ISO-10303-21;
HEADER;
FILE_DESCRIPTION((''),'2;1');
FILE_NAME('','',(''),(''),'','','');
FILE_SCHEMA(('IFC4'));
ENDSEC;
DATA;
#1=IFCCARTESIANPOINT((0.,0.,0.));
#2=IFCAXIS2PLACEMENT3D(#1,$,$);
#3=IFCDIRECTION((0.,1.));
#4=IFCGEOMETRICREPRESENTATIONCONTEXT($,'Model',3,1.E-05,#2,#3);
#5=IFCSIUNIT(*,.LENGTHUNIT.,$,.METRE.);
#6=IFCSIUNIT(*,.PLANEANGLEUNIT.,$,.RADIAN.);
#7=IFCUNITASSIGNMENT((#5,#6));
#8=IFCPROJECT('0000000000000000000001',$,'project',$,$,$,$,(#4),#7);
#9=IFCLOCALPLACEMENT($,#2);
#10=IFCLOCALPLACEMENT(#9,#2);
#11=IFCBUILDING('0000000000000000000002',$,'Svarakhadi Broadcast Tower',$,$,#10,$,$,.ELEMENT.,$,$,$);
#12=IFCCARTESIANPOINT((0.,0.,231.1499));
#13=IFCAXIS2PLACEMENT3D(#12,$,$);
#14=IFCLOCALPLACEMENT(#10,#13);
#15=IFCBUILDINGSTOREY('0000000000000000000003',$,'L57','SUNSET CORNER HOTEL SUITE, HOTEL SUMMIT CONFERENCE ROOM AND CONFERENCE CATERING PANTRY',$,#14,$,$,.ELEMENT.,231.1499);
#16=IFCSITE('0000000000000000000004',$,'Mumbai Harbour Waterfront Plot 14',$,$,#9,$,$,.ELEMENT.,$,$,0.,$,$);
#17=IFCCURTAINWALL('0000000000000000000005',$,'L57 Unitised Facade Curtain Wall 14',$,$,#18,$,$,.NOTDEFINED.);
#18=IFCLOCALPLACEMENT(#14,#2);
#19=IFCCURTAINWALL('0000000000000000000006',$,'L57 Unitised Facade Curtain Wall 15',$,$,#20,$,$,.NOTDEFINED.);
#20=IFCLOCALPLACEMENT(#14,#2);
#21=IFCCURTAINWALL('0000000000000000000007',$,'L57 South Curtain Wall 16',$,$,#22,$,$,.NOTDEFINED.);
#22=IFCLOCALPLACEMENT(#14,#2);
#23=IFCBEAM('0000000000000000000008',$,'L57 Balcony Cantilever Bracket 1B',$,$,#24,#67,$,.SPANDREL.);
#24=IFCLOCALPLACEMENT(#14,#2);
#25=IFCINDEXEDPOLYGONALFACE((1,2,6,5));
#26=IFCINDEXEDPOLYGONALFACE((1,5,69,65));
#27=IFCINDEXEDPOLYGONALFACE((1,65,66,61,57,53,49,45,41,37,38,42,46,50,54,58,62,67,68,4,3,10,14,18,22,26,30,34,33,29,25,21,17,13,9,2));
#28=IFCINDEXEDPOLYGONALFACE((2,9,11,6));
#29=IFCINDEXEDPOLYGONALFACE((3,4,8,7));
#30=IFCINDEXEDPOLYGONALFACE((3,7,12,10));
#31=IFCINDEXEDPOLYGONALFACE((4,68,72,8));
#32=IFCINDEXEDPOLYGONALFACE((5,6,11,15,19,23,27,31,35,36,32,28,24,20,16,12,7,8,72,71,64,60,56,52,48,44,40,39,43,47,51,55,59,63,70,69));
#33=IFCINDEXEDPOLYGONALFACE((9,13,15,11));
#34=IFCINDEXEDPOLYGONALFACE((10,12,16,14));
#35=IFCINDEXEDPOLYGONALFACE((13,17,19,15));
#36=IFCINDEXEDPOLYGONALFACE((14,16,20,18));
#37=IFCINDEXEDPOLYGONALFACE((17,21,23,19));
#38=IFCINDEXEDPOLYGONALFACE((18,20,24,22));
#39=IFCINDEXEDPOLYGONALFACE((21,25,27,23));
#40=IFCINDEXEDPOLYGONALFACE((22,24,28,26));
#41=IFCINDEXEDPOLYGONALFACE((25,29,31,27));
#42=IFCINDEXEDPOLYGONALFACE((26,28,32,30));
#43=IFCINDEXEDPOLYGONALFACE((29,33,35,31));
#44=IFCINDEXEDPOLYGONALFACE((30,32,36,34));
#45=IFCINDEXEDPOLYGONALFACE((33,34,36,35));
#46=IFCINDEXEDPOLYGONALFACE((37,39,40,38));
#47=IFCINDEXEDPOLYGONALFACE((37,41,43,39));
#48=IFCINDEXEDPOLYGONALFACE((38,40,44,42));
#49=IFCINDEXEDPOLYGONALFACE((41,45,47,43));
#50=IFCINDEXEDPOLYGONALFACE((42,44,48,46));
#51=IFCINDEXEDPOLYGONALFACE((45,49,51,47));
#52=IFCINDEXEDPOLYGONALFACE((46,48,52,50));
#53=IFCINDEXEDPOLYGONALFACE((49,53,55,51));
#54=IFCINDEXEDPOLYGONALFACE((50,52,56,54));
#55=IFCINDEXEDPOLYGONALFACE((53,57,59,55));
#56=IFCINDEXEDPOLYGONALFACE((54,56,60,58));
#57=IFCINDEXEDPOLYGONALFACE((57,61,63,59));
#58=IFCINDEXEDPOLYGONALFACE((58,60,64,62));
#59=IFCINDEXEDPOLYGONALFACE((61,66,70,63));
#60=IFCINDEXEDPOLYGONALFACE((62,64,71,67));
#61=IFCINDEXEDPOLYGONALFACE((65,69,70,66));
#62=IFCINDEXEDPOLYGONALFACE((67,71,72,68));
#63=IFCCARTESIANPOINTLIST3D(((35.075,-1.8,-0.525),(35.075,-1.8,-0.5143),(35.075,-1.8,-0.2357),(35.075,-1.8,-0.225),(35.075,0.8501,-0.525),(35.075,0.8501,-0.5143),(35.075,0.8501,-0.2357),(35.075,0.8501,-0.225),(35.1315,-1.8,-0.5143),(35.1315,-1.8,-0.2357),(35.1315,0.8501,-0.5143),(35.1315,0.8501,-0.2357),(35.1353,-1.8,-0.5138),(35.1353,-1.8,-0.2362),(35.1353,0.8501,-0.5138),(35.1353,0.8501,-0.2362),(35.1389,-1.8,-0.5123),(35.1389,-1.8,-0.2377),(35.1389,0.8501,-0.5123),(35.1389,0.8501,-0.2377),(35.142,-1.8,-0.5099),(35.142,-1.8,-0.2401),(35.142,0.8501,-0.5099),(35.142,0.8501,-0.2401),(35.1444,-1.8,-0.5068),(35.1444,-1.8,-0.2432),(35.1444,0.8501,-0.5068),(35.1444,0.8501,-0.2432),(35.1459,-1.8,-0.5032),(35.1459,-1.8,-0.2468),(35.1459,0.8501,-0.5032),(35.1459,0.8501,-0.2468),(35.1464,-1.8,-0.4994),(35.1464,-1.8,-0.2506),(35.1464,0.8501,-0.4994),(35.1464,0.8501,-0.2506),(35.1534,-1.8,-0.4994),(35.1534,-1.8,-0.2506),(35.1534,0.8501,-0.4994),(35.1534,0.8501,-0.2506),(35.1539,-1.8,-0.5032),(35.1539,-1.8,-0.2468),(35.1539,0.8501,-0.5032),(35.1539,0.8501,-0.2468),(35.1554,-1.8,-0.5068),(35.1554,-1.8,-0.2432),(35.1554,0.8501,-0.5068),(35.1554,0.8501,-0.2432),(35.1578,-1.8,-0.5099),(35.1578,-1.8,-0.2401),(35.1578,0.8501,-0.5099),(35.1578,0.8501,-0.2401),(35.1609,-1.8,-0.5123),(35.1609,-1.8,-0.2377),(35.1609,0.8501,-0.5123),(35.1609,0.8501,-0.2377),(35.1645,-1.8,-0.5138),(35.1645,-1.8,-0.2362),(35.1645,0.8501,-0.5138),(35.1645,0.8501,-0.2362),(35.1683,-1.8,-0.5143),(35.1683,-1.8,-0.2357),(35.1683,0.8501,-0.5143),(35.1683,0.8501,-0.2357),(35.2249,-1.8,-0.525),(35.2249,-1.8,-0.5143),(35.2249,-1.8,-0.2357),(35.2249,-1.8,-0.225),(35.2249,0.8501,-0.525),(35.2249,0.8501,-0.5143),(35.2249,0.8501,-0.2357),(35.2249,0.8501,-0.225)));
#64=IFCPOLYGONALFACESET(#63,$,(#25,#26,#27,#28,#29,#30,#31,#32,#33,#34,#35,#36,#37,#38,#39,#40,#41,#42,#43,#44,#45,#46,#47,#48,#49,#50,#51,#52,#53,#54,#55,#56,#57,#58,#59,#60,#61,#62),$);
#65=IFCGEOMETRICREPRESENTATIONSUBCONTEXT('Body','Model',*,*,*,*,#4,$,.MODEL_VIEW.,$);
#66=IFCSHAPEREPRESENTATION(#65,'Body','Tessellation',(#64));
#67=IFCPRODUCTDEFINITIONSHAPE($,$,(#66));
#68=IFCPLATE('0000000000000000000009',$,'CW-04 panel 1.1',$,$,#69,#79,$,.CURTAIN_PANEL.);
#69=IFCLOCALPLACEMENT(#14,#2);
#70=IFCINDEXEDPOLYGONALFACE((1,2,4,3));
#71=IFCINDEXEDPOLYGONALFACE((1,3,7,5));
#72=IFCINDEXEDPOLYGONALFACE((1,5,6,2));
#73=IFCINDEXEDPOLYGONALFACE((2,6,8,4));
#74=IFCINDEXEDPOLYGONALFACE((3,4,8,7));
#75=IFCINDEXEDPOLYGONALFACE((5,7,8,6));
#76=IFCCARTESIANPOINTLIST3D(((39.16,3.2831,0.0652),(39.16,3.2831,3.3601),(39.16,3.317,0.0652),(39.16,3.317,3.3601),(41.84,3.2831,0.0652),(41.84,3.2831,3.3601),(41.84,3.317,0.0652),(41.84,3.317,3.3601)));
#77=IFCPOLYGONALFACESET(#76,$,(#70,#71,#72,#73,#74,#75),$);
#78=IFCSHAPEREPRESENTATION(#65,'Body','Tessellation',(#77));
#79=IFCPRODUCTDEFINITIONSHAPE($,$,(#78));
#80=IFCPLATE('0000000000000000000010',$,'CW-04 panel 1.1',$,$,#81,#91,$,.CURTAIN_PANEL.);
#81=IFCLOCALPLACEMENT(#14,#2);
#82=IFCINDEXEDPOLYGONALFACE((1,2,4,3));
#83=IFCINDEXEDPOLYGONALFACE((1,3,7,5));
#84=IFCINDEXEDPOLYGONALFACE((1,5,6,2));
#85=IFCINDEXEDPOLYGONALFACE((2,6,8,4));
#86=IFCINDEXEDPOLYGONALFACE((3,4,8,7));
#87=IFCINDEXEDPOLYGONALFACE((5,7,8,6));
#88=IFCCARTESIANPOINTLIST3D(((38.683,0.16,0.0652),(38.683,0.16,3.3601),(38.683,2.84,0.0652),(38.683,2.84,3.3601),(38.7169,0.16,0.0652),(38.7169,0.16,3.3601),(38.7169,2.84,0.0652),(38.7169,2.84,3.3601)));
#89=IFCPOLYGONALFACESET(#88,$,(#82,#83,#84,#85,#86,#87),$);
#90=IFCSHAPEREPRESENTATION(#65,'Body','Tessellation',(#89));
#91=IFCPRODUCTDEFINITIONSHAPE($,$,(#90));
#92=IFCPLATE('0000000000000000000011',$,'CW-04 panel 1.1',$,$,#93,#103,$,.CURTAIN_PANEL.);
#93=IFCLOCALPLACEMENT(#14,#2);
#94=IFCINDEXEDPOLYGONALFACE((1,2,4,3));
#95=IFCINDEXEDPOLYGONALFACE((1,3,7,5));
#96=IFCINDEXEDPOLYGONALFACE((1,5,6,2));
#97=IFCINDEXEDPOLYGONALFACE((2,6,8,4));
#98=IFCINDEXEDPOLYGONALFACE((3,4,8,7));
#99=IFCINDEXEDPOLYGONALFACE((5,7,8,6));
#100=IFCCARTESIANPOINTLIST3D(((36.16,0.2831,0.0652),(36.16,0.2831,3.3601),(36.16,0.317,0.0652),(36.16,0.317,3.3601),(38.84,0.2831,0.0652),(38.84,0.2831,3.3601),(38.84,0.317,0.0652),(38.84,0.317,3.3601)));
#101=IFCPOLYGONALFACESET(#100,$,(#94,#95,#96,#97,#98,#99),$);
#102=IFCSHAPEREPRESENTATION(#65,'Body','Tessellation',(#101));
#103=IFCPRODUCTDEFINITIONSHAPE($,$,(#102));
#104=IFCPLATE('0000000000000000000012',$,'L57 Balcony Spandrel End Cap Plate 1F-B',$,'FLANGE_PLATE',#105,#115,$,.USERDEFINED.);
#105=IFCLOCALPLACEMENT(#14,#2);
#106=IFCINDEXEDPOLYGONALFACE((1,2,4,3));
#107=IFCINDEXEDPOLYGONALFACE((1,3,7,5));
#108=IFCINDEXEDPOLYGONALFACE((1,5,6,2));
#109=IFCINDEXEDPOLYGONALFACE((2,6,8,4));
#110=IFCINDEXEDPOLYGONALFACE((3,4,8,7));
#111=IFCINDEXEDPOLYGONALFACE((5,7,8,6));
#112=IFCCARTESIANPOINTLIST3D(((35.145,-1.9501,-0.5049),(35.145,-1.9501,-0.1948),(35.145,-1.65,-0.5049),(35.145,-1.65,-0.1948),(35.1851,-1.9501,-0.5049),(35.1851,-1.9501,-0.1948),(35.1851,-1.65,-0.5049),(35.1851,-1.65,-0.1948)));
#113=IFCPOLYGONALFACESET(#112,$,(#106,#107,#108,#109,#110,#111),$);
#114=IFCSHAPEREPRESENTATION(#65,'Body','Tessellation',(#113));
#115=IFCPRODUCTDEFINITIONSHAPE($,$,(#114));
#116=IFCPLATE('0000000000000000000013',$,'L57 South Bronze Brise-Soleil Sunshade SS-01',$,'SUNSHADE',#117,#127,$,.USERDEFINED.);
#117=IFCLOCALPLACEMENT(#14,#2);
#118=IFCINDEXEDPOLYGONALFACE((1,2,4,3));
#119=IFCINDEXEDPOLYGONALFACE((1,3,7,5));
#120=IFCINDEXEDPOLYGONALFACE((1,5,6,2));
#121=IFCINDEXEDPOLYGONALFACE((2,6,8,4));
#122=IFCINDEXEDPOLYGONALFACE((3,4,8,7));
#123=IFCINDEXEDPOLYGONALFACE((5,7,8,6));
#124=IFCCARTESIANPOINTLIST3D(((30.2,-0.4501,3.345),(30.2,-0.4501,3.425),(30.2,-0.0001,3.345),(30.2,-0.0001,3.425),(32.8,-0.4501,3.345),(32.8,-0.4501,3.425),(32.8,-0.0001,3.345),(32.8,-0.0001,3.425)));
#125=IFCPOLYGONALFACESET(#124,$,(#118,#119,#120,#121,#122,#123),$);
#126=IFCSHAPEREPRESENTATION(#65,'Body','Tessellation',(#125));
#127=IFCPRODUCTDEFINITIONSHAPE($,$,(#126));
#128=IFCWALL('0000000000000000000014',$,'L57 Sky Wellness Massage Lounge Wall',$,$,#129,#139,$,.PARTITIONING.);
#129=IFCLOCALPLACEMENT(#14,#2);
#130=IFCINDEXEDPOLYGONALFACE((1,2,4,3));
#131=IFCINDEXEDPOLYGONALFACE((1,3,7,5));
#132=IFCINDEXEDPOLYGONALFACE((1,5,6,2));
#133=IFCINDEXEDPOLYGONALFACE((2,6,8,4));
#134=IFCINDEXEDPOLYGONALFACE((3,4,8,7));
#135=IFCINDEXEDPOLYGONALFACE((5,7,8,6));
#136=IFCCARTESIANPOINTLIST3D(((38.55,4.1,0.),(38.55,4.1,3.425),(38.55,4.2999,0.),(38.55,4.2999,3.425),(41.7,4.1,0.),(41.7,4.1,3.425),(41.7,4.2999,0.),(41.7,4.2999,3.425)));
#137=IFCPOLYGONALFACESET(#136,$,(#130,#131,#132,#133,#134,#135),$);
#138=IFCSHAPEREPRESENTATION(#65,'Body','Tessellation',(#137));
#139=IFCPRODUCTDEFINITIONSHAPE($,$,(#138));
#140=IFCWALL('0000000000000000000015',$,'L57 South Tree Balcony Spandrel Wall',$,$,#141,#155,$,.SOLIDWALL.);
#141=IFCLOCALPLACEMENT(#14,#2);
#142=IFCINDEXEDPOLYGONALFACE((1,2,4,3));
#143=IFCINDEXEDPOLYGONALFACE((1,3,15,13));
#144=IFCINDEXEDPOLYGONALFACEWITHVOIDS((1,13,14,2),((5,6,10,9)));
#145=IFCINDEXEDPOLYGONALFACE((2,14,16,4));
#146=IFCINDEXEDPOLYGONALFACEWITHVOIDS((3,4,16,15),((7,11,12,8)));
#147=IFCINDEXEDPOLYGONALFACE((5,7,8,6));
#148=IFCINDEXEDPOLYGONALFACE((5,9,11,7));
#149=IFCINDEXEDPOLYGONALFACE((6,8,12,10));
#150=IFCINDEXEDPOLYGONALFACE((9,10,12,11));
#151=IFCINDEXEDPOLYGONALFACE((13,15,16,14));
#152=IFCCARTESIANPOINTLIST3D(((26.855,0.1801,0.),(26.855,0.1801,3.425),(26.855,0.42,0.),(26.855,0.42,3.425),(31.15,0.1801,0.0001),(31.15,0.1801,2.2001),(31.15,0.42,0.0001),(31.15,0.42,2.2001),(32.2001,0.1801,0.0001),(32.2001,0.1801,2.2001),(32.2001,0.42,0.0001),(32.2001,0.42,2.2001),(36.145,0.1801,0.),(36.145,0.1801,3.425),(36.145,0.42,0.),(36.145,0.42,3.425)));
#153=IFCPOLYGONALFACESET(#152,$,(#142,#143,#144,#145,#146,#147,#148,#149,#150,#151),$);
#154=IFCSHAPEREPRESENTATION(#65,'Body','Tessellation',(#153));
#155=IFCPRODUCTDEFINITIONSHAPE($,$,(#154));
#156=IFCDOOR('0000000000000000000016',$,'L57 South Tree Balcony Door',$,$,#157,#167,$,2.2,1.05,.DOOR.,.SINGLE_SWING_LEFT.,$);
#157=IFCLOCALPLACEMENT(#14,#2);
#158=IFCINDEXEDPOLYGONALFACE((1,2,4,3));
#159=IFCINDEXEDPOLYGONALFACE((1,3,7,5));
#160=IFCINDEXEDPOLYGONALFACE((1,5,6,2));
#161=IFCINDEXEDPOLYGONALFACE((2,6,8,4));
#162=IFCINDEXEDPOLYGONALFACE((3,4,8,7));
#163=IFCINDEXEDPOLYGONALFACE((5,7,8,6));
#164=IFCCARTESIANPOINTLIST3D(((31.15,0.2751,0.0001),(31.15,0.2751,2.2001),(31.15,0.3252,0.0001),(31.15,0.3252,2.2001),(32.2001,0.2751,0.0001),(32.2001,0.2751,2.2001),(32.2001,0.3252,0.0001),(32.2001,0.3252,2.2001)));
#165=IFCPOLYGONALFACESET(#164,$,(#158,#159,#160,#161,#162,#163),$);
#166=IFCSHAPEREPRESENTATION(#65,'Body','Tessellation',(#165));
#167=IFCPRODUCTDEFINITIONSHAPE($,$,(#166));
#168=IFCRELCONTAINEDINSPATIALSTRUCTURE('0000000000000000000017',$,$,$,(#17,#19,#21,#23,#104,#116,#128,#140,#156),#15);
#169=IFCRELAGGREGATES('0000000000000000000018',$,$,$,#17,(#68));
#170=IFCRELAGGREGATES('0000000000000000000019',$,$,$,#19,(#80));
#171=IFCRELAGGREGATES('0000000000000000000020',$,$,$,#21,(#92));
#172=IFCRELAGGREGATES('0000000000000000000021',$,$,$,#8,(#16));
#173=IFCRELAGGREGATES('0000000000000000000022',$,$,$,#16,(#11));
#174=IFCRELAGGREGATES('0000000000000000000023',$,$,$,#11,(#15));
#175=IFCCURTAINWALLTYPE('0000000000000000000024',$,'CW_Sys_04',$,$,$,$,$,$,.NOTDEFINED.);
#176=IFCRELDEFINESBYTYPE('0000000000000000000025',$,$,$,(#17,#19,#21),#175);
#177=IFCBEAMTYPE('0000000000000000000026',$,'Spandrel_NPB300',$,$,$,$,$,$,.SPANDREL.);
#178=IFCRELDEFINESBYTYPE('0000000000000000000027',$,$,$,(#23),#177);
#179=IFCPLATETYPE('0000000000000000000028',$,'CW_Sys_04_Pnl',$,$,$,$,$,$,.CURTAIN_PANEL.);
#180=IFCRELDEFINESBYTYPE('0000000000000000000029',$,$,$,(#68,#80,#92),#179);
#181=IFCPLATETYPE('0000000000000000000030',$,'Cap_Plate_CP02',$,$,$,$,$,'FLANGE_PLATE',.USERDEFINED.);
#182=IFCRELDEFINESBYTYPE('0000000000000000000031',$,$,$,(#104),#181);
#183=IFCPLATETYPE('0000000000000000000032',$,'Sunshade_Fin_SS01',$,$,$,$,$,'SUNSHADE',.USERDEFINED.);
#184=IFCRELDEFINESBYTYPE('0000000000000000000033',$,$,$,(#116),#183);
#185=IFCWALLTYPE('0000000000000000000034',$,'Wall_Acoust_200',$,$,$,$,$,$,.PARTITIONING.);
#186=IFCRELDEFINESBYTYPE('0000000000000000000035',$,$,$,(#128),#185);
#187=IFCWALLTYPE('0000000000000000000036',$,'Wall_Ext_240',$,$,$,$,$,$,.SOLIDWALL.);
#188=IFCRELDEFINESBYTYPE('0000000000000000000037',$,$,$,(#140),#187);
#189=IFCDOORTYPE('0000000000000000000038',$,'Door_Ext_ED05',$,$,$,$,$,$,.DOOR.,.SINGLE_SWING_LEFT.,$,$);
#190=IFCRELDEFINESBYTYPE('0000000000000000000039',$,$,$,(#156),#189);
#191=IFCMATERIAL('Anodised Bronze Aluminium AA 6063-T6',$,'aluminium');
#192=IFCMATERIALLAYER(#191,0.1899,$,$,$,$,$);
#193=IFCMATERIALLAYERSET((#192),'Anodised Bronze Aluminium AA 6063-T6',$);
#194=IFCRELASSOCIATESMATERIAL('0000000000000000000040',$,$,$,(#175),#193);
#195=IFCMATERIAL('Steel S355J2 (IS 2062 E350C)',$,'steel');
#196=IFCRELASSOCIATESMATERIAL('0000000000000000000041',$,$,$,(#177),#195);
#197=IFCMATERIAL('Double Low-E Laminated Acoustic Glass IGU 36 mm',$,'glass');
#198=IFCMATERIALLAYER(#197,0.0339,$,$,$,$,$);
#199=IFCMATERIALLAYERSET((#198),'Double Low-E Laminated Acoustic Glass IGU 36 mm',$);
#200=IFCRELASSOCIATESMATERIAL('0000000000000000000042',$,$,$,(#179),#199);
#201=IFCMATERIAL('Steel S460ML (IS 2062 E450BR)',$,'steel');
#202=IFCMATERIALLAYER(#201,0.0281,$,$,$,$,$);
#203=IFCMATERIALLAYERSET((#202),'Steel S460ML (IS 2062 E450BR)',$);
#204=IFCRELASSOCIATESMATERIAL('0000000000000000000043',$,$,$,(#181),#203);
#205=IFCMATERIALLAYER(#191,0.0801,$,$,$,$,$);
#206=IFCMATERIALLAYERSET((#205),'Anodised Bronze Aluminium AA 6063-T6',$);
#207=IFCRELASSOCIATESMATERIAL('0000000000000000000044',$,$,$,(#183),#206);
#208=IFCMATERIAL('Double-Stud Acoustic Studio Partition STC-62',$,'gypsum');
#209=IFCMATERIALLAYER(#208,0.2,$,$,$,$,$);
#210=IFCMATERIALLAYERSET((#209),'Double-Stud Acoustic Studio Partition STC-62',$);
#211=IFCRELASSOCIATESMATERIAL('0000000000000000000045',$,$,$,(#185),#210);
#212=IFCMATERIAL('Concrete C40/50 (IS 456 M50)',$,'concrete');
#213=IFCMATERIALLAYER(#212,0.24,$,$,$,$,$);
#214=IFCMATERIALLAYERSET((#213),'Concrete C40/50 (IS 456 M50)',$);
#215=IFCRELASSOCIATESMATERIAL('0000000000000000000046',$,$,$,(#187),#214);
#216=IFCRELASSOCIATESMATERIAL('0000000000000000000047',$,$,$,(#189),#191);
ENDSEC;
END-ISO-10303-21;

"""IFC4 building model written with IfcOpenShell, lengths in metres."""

from ifc_helpers import new_model, si_unit, direction, frame, frame_2d, origin, origin_2d, place, context, subcontext, project, spatial, rectangle, i_section, extrude, material, layer, layer_set, material_profile, profile_set, type_object, element, fill, aggregate, save


model = new_model("IFC4")

# Units and contexts
model_context = context("Model", 3, precision=1e-05, world=origin(), true_north=direction((0.0, 1.0)))
body_context = subcontext(model_context, "Body", "Model", "MODEL_VIEW")
ifc_project = project(units=[si_unit("LENGTHUNIT", "METRE"), si_unit("PLANEANGLEUNIT", "RADIAN")], contexts=[model_context])

# Site, building, storey
site_placement = place(None, origin())
site = spatial("IfcSite", under=ifc_project, at=site_placement, Name="Mumbai Harbour Waterfront Plot 14", CompositionType="ELEMENT", RefElevation=0.0)
building_placement = place(site_placement, origin())
building = spatial("IfcBuilding", under=site, at=building_placement, Name="Svarakhadi Broadcast Tower", CompositionType="ELEMENT")
storey_placement = place(building_placement, frame((0.0, 0.0, 231.1499)))
storey = spatial("IfcBuildingStorey", under=building, at=storey_placement, Name="L57", Description="SUNSET CORNER HOTEL SUITE, HOTEL SUMMIT CONFERENCE ROOM AND CONFERENCE CATERING PANTRY", CompositionType="ELEMENT", Elevation=231.1499)

# Shared definitions
ifc_material_1 = material(Name="Anodised Bronze Aluminium AA 6063-T6", Category="aluminium")
ifc_layer_1 = layer(ifc_material_1, 0.1899)
ifc_layer_set_1 = layer_set([ifc_layer_1], Name="Anodised Bronze Aluminium AA 6063-T6")
curtain_wall_type = type_object("IfcCurtainWallType", Name="CW_Sys_04", PredefinedType="NOTDEFINED", material=ifc_layer_set_1)

# Curtain walls
curtain_wall_1_placement = place(storey_placement, origin())
curtain_wall_1 = element("IfcCurtainWall", 1, at=curtain_wall_1_placement, inside=storey, type_object=curtain_wall_type, Name="L57 Unitised Facade Curtain Wall 14", PredefinedType="NOTDEFINED")
curtain_wall_2_placement = place(storey_placement, origin())
curtain_wall_2 = element("IfcCurtainWall", 2, at=curtain_wall_2_placement, inside=storey, type_object=curtain_wall_type, Name="L57 Unitised Facade Curtain Wall 15", PredefinedType="NOTDEFINED")
curtain_wall_3_placement = place(storey_placement, origin())
curtain_wall_3 = element("IfcCurtainWall", 3, at=curtain_wall_3_placement, inside=storey, type_object=curtain_wall_type, Name="L57 South Curtain Wall 16", PredefinedType="NOTDEFINED")

# Beam
ifc_material_2 = material(Name="Steel S355J2 (IS 2062 E350C)", Category="steel")
ifc_material_profile_1 = material_profile(ifc_material_2, i_section(OverallWidth=0.1499, OverallDepth=0.3, WebThickness=0.0071, FlangeThickness=0.0107, FilletRadius=0.0149, at=origin_2d()), Name="NPB 300x150x37")
ifc_profile_set_1 = profile_set([ifc_material_profile_1], Name="Steel S355J2 (IS 2062 E350C)")
beam_type_1 = type_object("IfcBeamType", Name="Spandrel_NPB300", PredefinedType="SPANDREL", material=ifc_profile_set_1)
for number, where, z_axis, x_axis, name in (
    (4, (35.1499, 0.8501, -0.375), (0.0, -1.0, 0.0), (1.0, 0.0, 0.0), "L57 Balcony Cantilever Bracket 1B"),
):
    element("IfcBeam", number, at=place(storey_placement, frame(where, z_axis=z_axis, x_axis=x_axis)), inside=storey, type_object=beam_type_1, Name=name, PredefinedType="SPANDREL", context=body_context, shape_type="SweptSolid", body=[
        extrude(i_section(OverallWidth=0.1499, OverallDepth=0.3, WebThickness=0.0071, FlangeThickness=0.0107, FilletRadius=0.0149, at=origin_2d()), origin(), (0.0, 0.0, 1.0), 2.6501),
    ])

# Plates
ifc_material_3 = material(Name="Double Low-E Laminated Acoustic Glass IGU 36 mm", Category="glass")
ifc_layer_2 = layer(ifc_material_3, 0.0339)
ifc_layer_set_2 = layer_set([ifc_layer_2], Name="Double Low-E Laminated Acoustic Glass IGU 36 mm")
plate_type_1 = type_object("IfcPlateType", Name="CW_Sys_04_Pnl", PredefinedType="CURTAIN_PANEL", material=ifc_layer_set_2)
plate_1_placement = place(storey_placement, frame((40.5, 3.3, 0.0652), z_axis=(0.0, 0.0, 1.0), x_axis=(-1.0, 0.0, 0.0)))
plate_1 = element("IfcPlate", 5, at=plate_1_placement, type_object=plate_type_1, Name="CW-04 panel 1.1", PredefinedType="CURTAIN_PANEL", context=body_context, shape_type="SweptSolid", body=[
    extrude(rectangle(XDim=2.6799, YDim=0.0339, at=origin_2d()), origin(), (0.0, 0.0, 1.0), 3.2949),
])
aggregate(curtain_wall_1, [plate_1])
plate_2_placement = place(storey_placement, frame((38.7, 1.5, 0.0652), z_axis=(0.0, 0.0, 1.0), x_axis=(0.0, -1.0, 0.0)))
plate_2 = element("IfcPlate", 6, at=plate_2_placement, type_object=plate_type_1, Name="CW-04 panel 1.1", PredefinedType="CURTAIN_PANEL", context=body_context, shape_type="SweptSolid", body=[
    extrude(rectangle(XDim=2.6799, YDim=0.0339, at=origin_2d()), origin(), (0.0, 0.0, 1.0), 3.2949),
])
aggregate(curtain_wall_2, [plate_2])
plate_3_placement = place(storey_placement, frame((37.5, 0.3, 0.0652), z_axis=(0.0, 0.0, 1.0), x_axis=(-1.0, 0.0, 0.0)))
plate_3 = element("IfcPlate", 7, at=plate_3_placement, type_object=plate_type_1, Name="CW-04 panel 1.1", PredefinedType="CURTAIN_PANEL", context=body_context, shape_type="SweptSolid", body=[
    extrude(rectangle(XDim=2.6799, YDim=0.0339, at=origin_2d()), origin(), (0.0, 0.0, 1.0), 3.2949),
])
aggregate(curtain_wall_3, [plate_3])

# Plates
ifc_material_4 = material(Name="Steel S460ML (IS 2062 E450BR)", Category="steel")
ifc_layer_3 = layer(ifc_material_4, 0.0281)
ifc_layer_set_3 = layer_set([ifc_layer_3], Name="Steel S460ML (IS 2062 E450BR)")
plate_type_2 = type_object("IfcPlateType", Name="Cap_Plate_CP02", ElementType="FLANGE_PLATE", PredefinedType="USERDEFINED", material=ifc_layer_set_3)
plate_4_placement = place(storey_placement, frame((35.165, -1.8, -0.5049), z_axis=(0.0, 0.0, 1.0), x_axis=(1.0, 0.0, 0.0)))
element("IfcPlate", 8, at=plate_4_placement, inside=storey, type_object=plate_type_2, Name="L57 Balcony Spandrel End Cap Plate 1F-B", ObjectType="FLANGE_PLATE", PredefinedType="USERDEFINED", context=body_context, shape_type="SweptSolid", body=[
    extrude(rectangle(XDim=0.04, YDim=0.3, at=origin_2d()), origin(), (0.0, 0.0, 1.0), 0.3101),
])
ifc_layer_4 = layer(ifc_material_1, 0.0801)
ifc_layer_set_4 = layer_set([ifc_layer_4], Name="Anodised Bronze Aluminium AA 6063-T6")
plate_type_3 = type_object("IfcPlateType", Name="Sunshade_Fin_SS01", ElementType="SUNSHADE", PredefinedType="USERDEFINED", material=ifc_layer_set_4)
plate_5_placement = place(storey_placement, frame((31.5, -0.2251, 3.345), z_axis=(0.0, 0.0, 1.0), x_axis=(1.0, 0.0, 0.0)))
element("IfcPlate", 9, at=plate_5_placement, inside=storey, type_object=plate_type_3, Name="L57 South Bronze Brise-Soleil Sunshade SS-01", ObjectType="SUNSHADE", PredefinedType="USERDEFINED", context=body_context, shape_type="SweptSolid", body=[
    extrude(rectangle(XDim=2.6001, YDim=0.45, at=origin_2d()), origin(), (0.0, 0.0, 1.0), 0.0801),
])

# Wall
ifc_material_5 = material(Name="Double-Stud Acoustic Studio Partition STC-62", Category="gypsum")
ifc_layer_5 = layer(ifc_material_5, 0.2)
ifc_layer_set_5 = layer_set([ifc_layer_5], Name="Double-Stud Acoustic Studio Partition STC-62")
wall_type_1 = type_object("IfcWallType", Name="Wall_Acoust_200", PredefinedType="PARTITIONING", material=ifc_layer_set_5)
wall_1_placement = place(storey_placement, frame((38.55, 4.2, 0.0), z_axis=(0.0, 0.0, 1.0), x_axis=(1.0, 0.0, 0.0)))
element("IfcWall", 10, at=wall_1_placement, inside=storey, type_object=wall_type_1, Name="L57 Sky Wellness Massage Lounge Wall", PredefinedType="PARTITIONING", context=body_context, shape_type="SweptSolid", body=[
    extrude(rectangle(XDim=3.1499, YDim=0.2, at=frame_2d((1.575, 0.0))), origin(), (0.0, 0.0, 1.0), 3.425),
])

# Wall, opening, door
ifc_material_6 = material(Name="Concrete C40/50 (IS 456 M50)", Category="concrete")
ifc_layer_6 = layer(ifc_material_6, 0.24)
ifc_layer_set_6 = layer_set([ifc_layer_6], Name="Concrete C40/50 (IS 456 M50)")
wall_type_2 = type_object("IfcWallType", Name="Wall_Ext_240", PredefinedType="SOLIDWALL", material=ifc_layer_set_6)
wall_2_placement = place(storey_placement, frame((36.145, 0.3, 0.0), z_axis=(0.0, 0.0, 1.0), x_axis=(-1.0, 0.0, 0.0)))
wall_2 = element("IfcWall", 11, at=wall_2_placement, inside=storey, type_object=wall_type_2, Name="L57 South Tree Balcony Spandrel Wall", PredefinedType="SOLIDWALL", context=body_context, shape_type="SweptSolid", body=[
    extrude(rectangle(XDim=9.29, YDim=0.24, at=frame_2d((4.645, 0.0))), origin(), (0.0, 0.0, 1.0), 3.425),
])
opening_placement = place(wall_2_placement, frame((3.9451, 0.0, 0.0)))
opening = element("IfcOpeningElement", 12, at=opening_placement, cuts=wall_2, PredefinedType="OPENING", context=body_context, shape_type="SweptSolid", body=[
    extrude(rectangle(XDim=1.05, YDim=2.2, at=frame_2d((0.5249, 1.1001))), frame((0.0, 0.1299, 0.0), z_axis=(0.0, -1.0, 0.0), x_axis=(1.0, 0.0, 0.0)), (0.0, 0.0, 1.0), 0.26),
])
door_type = type_object("IfcDoorType", Name="Door_Ext_ED05", OperationType="SINGLE_SWING_LEFT", PredefinedType="DOOR", material=ifc_material_1)
door_placement = place(opening_placement, origin())
door = element("IfcDoor", 13, at=door_placement, inside=storey, type_object=door_type, Name="L57 South Tree Balcony Door", OperationType="SINGLE_SWING_LEFT", OverallHeight=2.2, OverallWidth=1.05, PredefinedType="DOOR", context=body_context, shape_type="SweptSolid", body=[
    extrude(rectangle(XDim=1.05, YDim=2.2, at=frame_2d((0.5249, 1.1001))), frame((0.0, 0.0249, 0.0), z_axis=(0.0, -1.0, 0.0), x_axis=(1.0, 0.0, 0.0)), (0.0, 0.0, 1.0), 0.05),
])
fill(opening, door)

save(model, "model.ifc")
